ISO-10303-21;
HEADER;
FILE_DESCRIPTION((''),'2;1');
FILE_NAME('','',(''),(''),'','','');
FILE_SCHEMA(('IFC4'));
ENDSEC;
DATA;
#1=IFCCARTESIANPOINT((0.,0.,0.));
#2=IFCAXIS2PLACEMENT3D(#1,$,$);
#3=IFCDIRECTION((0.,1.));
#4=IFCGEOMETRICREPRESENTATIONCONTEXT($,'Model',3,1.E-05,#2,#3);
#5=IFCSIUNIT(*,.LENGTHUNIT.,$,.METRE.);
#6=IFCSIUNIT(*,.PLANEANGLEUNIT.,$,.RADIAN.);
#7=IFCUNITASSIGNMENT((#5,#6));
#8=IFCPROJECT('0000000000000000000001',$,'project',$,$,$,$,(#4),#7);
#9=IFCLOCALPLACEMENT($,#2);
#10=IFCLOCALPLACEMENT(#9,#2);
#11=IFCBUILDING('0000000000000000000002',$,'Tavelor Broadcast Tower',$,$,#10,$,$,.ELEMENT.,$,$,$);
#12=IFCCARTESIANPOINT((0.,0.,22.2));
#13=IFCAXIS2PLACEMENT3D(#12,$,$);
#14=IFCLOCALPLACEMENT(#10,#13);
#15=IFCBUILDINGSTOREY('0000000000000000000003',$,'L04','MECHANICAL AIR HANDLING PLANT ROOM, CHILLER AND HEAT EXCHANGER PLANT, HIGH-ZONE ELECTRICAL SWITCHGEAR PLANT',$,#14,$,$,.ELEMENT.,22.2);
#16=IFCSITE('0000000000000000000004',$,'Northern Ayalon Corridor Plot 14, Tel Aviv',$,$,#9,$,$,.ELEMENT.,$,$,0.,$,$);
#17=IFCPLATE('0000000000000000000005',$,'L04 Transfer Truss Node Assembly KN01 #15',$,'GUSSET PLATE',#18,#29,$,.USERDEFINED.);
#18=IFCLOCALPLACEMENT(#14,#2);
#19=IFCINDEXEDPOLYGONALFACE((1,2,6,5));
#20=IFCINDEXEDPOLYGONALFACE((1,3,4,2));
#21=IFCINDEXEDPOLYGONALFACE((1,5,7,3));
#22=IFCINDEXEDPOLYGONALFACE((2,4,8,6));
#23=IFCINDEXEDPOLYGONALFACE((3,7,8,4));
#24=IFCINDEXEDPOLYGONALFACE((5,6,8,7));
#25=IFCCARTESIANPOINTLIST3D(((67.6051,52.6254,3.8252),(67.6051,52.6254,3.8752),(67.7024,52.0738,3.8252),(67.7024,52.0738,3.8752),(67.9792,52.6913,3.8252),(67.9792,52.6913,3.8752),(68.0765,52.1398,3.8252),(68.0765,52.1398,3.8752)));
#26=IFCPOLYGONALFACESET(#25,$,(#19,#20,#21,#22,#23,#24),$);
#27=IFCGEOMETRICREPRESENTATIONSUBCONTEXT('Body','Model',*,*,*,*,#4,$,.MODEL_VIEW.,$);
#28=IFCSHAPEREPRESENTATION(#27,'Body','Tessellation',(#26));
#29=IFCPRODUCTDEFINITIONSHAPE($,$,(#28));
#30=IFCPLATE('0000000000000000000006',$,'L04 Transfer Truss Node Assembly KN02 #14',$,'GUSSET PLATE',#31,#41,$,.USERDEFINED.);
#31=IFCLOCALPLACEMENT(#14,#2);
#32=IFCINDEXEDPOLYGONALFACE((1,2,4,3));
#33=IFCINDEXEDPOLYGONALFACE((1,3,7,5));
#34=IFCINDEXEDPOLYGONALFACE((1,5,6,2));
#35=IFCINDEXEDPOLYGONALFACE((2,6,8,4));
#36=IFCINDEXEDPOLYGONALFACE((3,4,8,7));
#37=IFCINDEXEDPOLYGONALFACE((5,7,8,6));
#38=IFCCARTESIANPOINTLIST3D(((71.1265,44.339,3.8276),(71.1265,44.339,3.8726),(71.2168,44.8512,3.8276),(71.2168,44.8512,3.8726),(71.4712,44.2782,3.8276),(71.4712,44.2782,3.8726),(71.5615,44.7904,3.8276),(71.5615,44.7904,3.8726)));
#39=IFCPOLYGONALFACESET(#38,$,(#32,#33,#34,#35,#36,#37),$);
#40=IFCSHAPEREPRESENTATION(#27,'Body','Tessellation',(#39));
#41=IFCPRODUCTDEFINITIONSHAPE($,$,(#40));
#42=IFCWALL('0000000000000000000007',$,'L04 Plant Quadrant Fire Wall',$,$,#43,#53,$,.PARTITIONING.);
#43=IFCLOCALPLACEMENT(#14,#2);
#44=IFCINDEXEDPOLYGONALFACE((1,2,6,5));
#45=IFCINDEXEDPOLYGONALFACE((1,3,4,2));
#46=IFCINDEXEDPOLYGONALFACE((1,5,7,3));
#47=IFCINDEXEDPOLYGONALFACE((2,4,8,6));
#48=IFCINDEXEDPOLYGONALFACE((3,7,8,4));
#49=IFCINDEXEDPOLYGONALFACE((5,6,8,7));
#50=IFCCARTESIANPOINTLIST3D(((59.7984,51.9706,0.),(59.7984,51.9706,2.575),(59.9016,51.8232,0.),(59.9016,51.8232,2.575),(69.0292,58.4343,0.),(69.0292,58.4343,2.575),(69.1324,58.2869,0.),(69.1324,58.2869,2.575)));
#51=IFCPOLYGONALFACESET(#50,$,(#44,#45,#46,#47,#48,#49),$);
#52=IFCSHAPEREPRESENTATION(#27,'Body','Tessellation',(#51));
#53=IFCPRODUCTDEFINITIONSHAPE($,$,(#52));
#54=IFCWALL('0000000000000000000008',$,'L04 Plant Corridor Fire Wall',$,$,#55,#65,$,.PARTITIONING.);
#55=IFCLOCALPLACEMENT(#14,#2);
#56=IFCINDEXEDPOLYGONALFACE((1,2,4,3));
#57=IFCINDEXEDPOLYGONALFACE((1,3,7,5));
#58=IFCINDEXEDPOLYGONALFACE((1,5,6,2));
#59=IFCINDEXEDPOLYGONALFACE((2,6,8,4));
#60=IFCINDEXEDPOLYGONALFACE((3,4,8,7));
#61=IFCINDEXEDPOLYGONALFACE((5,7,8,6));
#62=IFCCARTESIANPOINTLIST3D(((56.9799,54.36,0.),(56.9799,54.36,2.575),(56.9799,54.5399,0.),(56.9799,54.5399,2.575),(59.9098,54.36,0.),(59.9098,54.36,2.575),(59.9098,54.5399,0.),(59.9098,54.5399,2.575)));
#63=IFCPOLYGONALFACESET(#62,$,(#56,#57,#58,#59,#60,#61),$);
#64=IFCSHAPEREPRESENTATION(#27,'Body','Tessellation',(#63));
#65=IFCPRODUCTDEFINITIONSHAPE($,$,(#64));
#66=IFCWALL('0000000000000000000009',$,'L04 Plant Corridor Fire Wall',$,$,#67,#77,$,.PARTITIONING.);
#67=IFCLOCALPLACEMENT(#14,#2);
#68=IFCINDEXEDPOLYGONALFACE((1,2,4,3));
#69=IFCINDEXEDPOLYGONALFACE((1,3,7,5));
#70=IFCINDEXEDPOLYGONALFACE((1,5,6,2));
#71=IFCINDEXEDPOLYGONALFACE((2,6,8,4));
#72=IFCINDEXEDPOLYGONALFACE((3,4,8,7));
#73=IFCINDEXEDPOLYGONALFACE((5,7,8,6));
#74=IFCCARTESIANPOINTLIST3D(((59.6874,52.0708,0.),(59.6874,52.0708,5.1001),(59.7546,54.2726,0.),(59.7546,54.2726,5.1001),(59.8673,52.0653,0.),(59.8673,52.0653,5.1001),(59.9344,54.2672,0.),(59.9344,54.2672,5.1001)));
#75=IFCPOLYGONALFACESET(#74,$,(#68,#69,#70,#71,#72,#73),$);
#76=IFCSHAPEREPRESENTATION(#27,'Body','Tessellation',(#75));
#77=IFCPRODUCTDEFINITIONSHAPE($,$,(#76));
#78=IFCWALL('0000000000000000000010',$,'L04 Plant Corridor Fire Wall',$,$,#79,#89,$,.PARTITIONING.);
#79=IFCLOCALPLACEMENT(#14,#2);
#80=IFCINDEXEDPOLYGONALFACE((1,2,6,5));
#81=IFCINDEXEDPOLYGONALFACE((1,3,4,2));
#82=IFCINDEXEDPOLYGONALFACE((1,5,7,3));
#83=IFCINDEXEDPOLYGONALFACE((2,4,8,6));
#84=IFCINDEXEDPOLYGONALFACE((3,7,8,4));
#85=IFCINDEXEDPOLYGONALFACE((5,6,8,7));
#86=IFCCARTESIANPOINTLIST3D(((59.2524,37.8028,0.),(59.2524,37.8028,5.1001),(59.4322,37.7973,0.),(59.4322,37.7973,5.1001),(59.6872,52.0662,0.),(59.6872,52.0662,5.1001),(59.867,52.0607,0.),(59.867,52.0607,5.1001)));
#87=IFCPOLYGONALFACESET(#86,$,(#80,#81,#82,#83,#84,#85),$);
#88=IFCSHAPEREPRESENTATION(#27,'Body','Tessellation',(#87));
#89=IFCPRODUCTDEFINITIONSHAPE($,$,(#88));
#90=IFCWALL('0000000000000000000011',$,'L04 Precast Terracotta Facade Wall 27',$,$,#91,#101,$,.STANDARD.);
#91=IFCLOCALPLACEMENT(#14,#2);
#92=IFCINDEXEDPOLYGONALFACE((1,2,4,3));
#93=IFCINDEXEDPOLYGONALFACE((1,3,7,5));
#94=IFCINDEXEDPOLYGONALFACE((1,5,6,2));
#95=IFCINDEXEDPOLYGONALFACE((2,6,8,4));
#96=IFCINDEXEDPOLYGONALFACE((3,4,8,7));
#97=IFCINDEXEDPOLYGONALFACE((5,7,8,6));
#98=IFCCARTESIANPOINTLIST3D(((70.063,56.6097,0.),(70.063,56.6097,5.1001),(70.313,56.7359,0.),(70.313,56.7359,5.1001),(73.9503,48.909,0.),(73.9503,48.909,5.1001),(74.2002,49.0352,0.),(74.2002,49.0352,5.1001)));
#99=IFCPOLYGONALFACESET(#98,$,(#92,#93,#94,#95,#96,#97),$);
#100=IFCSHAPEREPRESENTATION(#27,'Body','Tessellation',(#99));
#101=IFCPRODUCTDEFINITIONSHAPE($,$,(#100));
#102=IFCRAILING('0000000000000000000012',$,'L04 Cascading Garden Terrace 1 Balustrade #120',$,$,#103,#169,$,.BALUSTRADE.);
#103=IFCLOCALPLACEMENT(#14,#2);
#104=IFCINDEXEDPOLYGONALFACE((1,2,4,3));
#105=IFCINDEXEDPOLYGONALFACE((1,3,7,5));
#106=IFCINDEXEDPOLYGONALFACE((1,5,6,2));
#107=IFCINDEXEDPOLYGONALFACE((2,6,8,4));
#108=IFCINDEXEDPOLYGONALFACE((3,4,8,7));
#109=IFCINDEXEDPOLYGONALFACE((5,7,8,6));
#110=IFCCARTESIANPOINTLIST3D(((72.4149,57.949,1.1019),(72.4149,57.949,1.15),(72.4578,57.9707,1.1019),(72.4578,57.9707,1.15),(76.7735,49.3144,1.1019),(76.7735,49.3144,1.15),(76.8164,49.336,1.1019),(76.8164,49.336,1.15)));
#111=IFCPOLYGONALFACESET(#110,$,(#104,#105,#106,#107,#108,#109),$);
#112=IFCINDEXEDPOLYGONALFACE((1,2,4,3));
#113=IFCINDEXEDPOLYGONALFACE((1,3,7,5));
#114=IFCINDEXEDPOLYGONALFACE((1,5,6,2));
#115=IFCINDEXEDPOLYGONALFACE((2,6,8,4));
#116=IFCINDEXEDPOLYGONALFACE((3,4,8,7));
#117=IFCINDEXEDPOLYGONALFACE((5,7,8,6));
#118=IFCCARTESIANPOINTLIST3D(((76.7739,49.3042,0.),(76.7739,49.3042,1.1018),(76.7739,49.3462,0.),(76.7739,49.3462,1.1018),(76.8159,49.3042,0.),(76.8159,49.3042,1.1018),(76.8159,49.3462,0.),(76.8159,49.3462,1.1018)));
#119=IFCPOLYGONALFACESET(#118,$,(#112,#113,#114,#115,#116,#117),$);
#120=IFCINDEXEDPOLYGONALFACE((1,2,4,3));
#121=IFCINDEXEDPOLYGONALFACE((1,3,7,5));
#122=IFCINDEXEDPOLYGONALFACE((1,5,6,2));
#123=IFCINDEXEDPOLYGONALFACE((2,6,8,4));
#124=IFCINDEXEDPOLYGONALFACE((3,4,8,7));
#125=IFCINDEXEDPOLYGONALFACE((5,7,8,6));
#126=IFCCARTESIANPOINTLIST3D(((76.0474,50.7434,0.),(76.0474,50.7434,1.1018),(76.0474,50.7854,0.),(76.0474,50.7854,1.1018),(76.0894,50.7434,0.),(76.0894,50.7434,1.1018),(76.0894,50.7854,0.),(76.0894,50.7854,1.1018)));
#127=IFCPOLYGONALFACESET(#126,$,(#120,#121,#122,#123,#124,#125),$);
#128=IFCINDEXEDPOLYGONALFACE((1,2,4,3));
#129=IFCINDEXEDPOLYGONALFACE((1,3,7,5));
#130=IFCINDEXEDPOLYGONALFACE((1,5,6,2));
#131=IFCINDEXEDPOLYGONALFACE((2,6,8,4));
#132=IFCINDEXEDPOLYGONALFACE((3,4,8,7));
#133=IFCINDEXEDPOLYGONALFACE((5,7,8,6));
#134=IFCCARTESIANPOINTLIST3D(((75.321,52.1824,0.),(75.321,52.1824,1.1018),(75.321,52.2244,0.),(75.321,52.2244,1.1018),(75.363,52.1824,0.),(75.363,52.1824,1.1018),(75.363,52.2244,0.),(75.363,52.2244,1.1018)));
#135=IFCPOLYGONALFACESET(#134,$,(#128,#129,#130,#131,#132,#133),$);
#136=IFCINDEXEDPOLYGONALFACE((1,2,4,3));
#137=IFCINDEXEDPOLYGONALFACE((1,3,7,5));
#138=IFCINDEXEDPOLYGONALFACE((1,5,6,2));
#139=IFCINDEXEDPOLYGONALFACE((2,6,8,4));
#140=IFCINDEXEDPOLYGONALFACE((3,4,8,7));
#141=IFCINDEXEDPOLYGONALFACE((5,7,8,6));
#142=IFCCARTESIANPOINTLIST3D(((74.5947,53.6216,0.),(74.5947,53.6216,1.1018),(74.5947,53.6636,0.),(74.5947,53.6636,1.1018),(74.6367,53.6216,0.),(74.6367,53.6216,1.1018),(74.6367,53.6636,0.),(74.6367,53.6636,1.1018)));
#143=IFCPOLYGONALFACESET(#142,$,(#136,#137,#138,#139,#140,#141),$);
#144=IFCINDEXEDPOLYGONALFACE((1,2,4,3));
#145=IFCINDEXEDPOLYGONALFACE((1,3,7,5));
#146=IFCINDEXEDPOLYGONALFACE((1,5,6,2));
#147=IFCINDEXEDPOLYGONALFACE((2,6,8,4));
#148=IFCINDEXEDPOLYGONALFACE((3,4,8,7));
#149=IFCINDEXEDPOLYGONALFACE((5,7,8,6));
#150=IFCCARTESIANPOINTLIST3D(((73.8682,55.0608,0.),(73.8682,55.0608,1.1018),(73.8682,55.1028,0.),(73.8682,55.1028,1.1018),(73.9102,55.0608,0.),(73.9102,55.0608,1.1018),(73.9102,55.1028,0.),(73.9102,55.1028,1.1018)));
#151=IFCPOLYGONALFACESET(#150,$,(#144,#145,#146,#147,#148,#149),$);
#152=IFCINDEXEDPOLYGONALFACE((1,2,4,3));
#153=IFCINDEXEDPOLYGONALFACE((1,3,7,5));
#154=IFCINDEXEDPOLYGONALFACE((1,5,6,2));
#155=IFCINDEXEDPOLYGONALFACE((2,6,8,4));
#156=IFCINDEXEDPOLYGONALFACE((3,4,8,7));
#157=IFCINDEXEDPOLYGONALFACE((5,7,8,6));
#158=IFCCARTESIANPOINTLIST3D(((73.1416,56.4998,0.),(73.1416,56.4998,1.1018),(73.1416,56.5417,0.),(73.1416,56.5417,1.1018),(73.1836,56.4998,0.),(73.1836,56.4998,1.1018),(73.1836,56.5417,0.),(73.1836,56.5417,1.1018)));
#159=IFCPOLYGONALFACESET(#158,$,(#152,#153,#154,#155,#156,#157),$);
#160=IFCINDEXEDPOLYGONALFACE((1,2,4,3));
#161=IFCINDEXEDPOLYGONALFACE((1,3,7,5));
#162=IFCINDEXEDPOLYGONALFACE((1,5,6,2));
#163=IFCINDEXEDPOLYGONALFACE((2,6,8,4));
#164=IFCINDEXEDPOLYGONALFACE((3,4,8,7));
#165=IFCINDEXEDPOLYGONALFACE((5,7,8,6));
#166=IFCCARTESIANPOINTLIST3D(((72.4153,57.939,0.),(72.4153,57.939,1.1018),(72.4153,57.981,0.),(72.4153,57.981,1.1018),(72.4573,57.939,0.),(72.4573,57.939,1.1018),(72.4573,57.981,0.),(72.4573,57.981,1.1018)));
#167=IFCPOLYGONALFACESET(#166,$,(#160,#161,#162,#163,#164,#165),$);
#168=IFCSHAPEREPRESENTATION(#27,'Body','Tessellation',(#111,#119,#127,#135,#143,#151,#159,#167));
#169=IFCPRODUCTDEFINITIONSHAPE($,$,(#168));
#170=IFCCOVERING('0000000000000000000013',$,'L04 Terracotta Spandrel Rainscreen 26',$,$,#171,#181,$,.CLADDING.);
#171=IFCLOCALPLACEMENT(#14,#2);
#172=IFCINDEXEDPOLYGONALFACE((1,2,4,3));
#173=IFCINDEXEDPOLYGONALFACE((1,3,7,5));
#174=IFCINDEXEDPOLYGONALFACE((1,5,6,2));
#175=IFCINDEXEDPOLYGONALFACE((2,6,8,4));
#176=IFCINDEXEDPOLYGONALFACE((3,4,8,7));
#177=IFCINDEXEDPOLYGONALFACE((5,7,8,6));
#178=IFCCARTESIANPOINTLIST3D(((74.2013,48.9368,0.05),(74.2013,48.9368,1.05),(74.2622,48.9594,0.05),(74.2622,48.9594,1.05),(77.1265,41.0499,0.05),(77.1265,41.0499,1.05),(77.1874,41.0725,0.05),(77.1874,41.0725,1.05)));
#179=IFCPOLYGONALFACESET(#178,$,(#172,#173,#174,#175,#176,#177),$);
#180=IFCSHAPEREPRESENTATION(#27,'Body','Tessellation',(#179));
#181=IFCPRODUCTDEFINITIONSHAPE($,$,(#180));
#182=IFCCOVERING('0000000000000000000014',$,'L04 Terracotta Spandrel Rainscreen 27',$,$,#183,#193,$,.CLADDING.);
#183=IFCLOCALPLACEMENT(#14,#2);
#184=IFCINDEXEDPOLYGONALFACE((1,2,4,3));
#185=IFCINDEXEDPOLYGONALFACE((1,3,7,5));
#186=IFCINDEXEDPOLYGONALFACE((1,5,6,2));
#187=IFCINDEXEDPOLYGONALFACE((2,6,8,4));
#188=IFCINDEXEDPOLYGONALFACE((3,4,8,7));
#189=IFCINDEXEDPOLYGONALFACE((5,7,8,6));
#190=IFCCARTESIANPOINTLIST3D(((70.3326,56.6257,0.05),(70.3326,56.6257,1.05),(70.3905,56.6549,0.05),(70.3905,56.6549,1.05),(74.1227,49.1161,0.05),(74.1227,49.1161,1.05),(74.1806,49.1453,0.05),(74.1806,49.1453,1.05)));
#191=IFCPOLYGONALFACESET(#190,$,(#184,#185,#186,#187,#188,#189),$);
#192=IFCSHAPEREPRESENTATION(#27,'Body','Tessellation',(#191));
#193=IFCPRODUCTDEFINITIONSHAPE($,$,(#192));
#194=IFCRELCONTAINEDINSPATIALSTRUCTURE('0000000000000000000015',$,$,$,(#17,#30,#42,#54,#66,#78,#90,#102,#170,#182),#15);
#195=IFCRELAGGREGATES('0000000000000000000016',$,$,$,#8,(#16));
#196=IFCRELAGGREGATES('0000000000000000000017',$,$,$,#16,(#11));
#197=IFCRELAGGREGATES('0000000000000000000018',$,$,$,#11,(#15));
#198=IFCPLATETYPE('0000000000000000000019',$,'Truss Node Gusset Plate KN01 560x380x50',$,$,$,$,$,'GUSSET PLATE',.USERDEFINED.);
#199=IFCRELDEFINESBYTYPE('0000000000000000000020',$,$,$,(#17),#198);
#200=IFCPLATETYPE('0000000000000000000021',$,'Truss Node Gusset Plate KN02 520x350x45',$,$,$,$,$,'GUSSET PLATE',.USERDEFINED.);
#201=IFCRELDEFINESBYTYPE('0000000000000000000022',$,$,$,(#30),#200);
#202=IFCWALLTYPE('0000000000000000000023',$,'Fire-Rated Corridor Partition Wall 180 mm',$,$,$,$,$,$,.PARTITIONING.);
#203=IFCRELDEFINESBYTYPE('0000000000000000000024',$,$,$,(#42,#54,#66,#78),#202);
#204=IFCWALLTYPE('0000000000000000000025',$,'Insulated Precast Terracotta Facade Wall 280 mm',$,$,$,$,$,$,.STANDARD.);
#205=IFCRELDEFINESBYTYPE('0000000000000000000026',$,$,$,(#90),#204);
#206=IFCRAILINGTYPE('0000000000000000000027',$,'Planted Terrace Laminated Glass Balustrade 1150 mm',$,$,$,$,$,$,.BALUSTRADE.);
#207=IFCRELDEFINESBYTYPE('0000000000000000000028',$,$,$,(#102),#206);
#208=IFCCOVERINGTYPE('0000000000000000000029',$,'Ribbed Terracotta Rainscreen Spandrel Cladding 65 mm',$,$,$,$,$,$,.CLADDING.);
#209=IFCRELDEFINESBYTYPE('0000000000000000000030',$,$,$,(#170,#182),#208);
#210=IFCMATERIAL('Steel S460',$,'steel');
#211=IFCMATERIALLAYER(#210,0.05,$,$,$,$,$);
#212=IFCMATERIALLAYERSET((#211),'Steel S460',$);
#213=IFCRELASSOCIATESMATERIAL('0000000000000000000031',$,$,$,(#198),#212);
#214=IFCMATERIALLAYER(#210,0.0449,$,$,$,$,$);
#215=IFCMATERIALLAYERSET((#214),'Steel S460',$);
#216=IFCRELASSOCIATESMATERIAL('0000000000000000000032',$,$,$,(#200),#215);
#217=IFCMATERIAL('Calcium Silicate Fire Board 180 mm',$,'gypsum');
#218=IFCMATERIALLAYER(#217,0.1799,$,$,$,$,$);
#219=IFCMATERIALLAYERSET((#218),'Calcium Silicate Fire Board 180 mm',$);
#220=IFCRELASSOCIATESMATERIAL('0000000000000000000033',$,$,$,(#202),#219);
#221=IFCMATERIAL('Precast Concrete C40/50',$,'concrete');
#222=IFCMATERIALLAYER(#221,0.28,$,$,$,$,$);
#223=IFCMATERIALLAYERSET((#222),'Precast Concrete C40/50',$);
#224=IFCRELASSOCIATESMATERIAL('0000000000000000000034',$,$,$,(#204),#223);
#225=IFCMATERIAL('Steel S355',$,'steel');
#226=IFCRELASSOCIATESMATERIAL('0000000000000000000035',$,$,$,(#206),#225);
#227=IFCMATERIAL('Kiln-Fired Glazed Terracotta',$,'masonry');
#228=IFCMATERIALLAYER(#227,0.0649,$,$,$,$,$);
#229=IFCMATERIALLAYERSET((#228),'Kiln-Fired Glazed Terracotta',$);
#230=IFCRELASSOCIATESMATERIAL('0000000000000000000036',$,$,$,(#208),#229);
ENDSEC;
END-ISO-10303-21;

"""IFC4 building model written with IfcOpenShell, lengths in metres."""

from ifc_helpers import new_model, si_unit, direction, frame, frame_2d, origin, origin_2d, place, context, subcontext, project, spatial, rectangle, extrude, source, transform, mapped, material, layer, layer_set, type_object, type_shapes, element, save


model = new_model("IFC4")

# Units and contexts
model_context = context("Model", 3, precision=1e-05, world=origin(), true_north=direction((0.0, 1.0)))
body_context = subcontext(model_context, "Body", "Model", "MODEL_VIEW")
ifc_project = project(units=[si_unit("LENGTHUNIT", "METRE"), si_unit("PLANEANGLEUNIT", "RADIAN")], contexts=[model_context])

# Site, building, storey
site_placement = place(None, origin())
site = spatial("IfcSite", under=ifc_project, at=site_placement, Name="Northern Ayalon Corridor Plot 14, Tel Aviv", CompositionType="ELEMENT", RefElevation=0.0)
building_placement = place(site_placement, origin())
building = spatial("IfcBuilding", under=site, at=building_placement, Name="Tavelor Broadcast Tower", CompositionType="ELEMENT")
storey_placement = place(building_placement, frame((0.0, 0.0, 22.2)))
storey = spatial("IfcBuildingStorey", under=building, at=storey_placement, Name="L04", Description="MECHANICAL AIR HANDLING PLANT ROOM, CHILLER AND HEAT EXCHANGER PLANT, HIGH-ZONE ELECTRICAL SWITCHGEAR PLANT", CompositionType="ELEMENT", Elevation=22.2)

# Shared definitions
ifc_material_1 = material(Name="Steel S460", Category="steel")

# Plates
ifc_layer_1 = layer(ifc_material_1, 0.05)
ifc_layer_set_1 = layer_set([ifc_layer_1], Name="Steel S460")
plate_type_1 = type_object("IfcPlateType", Name="Truss Node Gusset Plate KN01 560x380x50", ElementType="GUSSET PLATE", PredefinedType="USERDEFINED", material=ifc_layer_set_1)
shared_shape_1 = source(origin(), body_context, "Body", "SweptSolid", [
    extrude(rectangle(XDim=0.5601, YDim=0.3799, at=origin_2d()), origin(), (0.0, 0.0, 1.0), 0.05),
])
type_shapes(plate_type_1, [shared_shape_1])
plate_1_placement = place(storey_placement, frame((67.8408, 52.3826, 3.8252), z_axis=(0.0, 0.0, 1.0), x_axis=(0.173648, -0.984808, 0.0)))
element("IfcPlate", 1, at=plate_1_placement, inside=storey, type_object=plate_type_1, Name="L04 Transfer Truss Node Assembly KN01 #15", ObjectType="GUSSET PLATE", PredefinedType="USERDEFINED", context=body_context, shape_type="MappedRepresentation", body=[
    mapped(shared_shape_1, transform((0.0, 0.0, 0.0), scale=1.0)),
])
ifc_layer_2 = layer(ifc_material_1, 0.0449)
ifc_layer_set_2 = layer_set([ifc_layer_2], Name="Steel S460")
plate_type_2 = type_object("IfcPlateType", Name="Truss Node Gusset Plate KN02 520x350x45", ElementType="GUSSET PLATE", PredefinedType="USERDEFINED", material=ifc_layer_set_2)
shared_shape_2 = source(origin(), body_context, "Body", "SweptSolid", [
    extrude(rectangle(XDim=0.52, YDim=0.3501, at=origin_2d()), origin(), (0.0, 0.0, 1.0), 0.0449),
])
type_shapes(plate_type_2, [shared_shape_2])
plate_2_placement = place(storey_placement, frame((71.344, 44.5647, 3.8276), z_axis=(0.0, 0.0, 1.0), x_axis=(-0.173648, -0.984808, 0.0)))
element("IfcPlate", 2, at=plate_2_placement, inside=storey, type_object=plate_type_2, Name="L04 Transfer Truss Node Assembly KN02 #14", ObjectType="GUSSET PLATE", PredefinedType="USERDEFINED", context=body_context, shape_type="MappedRepresentation", body=[
    mapped(shared_shape_2, transform((0.0, 0.0, 0.0), scale=1.0)),
])

# Walls
ifc_material_2 = material(Name="Calcium Silicate Fire Board 180 mm", Category="gypsum")
ifc_layer_3 = layer(ifc_material_2, 0.1799)
ifc_layer_set_3 = layer_set([ifc_layer_3], Name="Calcium Silicate Fire Board 180 mm")
wall_type_1 = type_object("IfcWallType", Name="Fire-Rated Corridor Partition Wall 180 mm", PredefinedType="PARTITIONING", material=ifc_layer_set_3)
wall_1_placement = place(storey_placement, frame((59.8501, 51.897, 0.0), z_axis=(0.0, 0.0, 1.0), x_axis=(0.819143, 0.573589, 0.0)))
element("IfcWall", 3, at=wall_1_placement, inside=storey, type_object=wall_type_1, Name="L04 Plant Quadrant Fire Wall", PredefinedType="PARTITIONING", context=body_context, shape_type="SweptSolid", body=[
    extrude(rectangle(XDim=11.2688, YDim=0.1799, at=frame_2d((5.6343, 0.0))), origin(), (0.0, 0.0, 1.0), 2.575),
])
wall_2_placement = place(storey_placement, frame((56.98, 54.45, 0.0), z_axis=(0.0, 0.0, 1.0), x_axis=(1.0, 0.0, 0.0)))
element("IfcWall", 4, at=wall_2_placement, inside=storey, type_object=wall_type_1, Name="L04 Plant Corridor Fire Wall", PredefinedType="PARTITIONING", context=body_context, shape_type="SweptSolid", body=[
    extrude(rectangle(XDim=2.9299, YDim=0.1799, at=frame_2d((1.4648, 0.0))), origin(), (0.0, 0.0, 1.0), 2.575),
])
wall_3_placement = place(storey_placement, frame((59.8445, 54.27, 0.0), z_axis=(0.0, 0.0, 1.0), x_axis=(-0.030477, -0.999535, 0.0)))
element("IfcWall", 5, at=wall_3_placement, inside=storey, type_object=wall_type_1, Name="L04 Plant Corridor Fire Wall", PredefinedType="PARTITIONING", context=body_context, shape_type="SweptSolid", body=[
    extrude(rectangle(XDim=2.2029, YDim=0.1799, at=frame_2d((1.1016, 0.0))), origin(), (0.0, 0.0, 1.0), 5.1001),
])
wall_4_placement = place(storey_placement, frame((59.7771, 52.0635, 0.0), z_axis=(0.0, 0.0, 1.0), x_axis=(-0.03047, -0.999536, 0.0)))
element("IfcWall", 6, at=wall_4_placement, inside=storey, type_object=wall_type_1, Name="L04 Plant Corridor Fire Wall", PredefinedType="PARTITIONING", context=body_context, shape_type="SweptSolid", body=[
    extrude(rectangle(XDim=14.27, YDim=0.1799, at=frame_2d((7.135, 0.0))), origin(), (0.0, 0.0, 1.0), 5.1001),
])
ifc_material_3 = material(Name="Precast Concrete C40/50", Category="concrete")
ifc_layer_4 = layer(ifc_material_3, 0.28)
ifc_layer_set_4 = layer_set([ifc_layer_4], Name="Precast Concrete C40/50")
wall_type_2 = type_object("IfcWallType", Name="Insulated Precast Terracotta Facade Wall 280 mm", PredefinedType="STANDARD", material=ifc_layer_set_4)
wall_5_placement = place(storey_placement, frame((74.0752, 48.9722, 0.0), z_axis=(0.0, 0.0, 1.0), x_axis=(-0.450629, 0.892711, 0.0)))
element("IfcWall", 7, at=wall_5_placement, inside=storey, type_object=wall_type_2, Name="L04 Precast Terracotta Facade Wall 27", PredefinedType="STANDARD", context=body_context, shape_type="SweptSolid", body=[
    extrude(rectangle(XDim=8.6262, YDim=0.28, at=frame_2d((4.313, 0.0))), origin(), (0.0, 0.0, 1.0), 5.1001),
])

# Railing
ifc_material_4 = material(Name="Steel S355", Category="steel")
railing_type = type_object("IfcRailingType", Name="Planted Terrace Laminated Glass Balustrade 1150 mm", PredefinedType="BALUSTRADE", material=ifc_material_4)
railing_placement = place(storey_placement, frame((76.7949, 49.3252, 0.0)))
element("IfcRailing", 8, at=railing_placement, inside=storey, type_object=railing_type, Name="L04 Cascading Garden Terrace 1 Balustrade #120", PredefinedType="BALUSTRADE", context=body_context, shape_type="SweptSolid", body=[
    extrude(rectangle(XDim=0.0481, YDim=0.0481, at=origin_2d()), frame((0.0, 0.0, 1.126), z_axis=(-0.450623, 0.892714, 0.0), x_axis=(-0.892714, -0.450623, 0.0)), (0.0, 0.0, 1.0), 9.6724),
    extrude(rectangle(XDim=0.042, YDim=0.042, at=origin_2d()), origin(), (0.0, 0.0, 1.0), 1.1018),
    extrude(rectangle(XDim=0.042, YDim=0.042, at=origin_2d()), frame((-0.7266, 1.4392, 0.0)), (0.0, 0.0, 1.0), 1.1018),
    extrude(rectangle(XDim=0.042, YDim=0.042, at=origin_2d()), frame((-1.4529, 2.8782, 0.0)), (0.0, 0.0, 1.0), 1.1018),
    extrude(rectangle(XDim=0.042, YDim=0.042, at=origin_2d()), frame((-2.1792, 4.3174, 0.0)), (0.0, 0.0, 1.0), 1.1018),
    extrude(rectangle(XDim=0.042, YDim=0.042, at=origin_2d()), frame((-2.9058, 5.7566, 0.0)), (0.0, 0.0, 1.0), 1.1018),
    extrude(rectangle(XDim=0.042, YDim=0.042, at=origin_2d()), frame((-3.6323, 7.1956, 0.0)), (0.0, 0.0, 1.0), 1.1018),
    extrude(rectangle(XDim=0.042, YDim=0.042, at=origin_2d()), frame((-4.3586, 8.6348, 0.0)), (0.0, 0.0, 1.0), 1.1018),
])

# Coverings
ifc_material_5 = material(Name="Kiln-Fired Glazed Terracotta", Category="masonry")
ifc_layer_5 = layer(ifc_material_5, 0.0649)
ifc_layer_set_5 = layer_set([ifc_layer_5], Name="Kiln-Fired Glazed Terracotta")
covering_type = type_object("IfcCoveringType", Name="Ribbed Terracotta Rainscreen Spandrel Cladding 65 mm", PredefinedType="CLADDING", material=ifc_layer_set_5)
for number, where, z_axis, x_axis, name in (
    (9, (75.6943, 45.0046, 0.05), (0.0, 0.0, 1.0), (-0.347754, 0.937586, 0.0), "L04 Terracotta Spandrel Rainscreen 26"),
    (10, (72.2566, 52.8855, 0.05), (0.0, 0.0, 1.0), (-0.450566, 0.892743, 0.0), "L04 Terracotta Spandrel Rainscreen 27"),
):
    element("IfcCovering", number, at=place(storey_placement, frame(where, z_axis=z_axis, x_axis=x_axis)), inside=storey, type_object=covering_type, Name=name, PredefinedType="CLADDING", context=body_context, shape_type="SweptSolid", body=[
        extrude(rectangle(XDim=8.4119, YDim=0.0649, at=origin_2d()), origin(), (0.0, 0.0, 1.0), 1.0),
    ])

save(model, "model.ifc")
